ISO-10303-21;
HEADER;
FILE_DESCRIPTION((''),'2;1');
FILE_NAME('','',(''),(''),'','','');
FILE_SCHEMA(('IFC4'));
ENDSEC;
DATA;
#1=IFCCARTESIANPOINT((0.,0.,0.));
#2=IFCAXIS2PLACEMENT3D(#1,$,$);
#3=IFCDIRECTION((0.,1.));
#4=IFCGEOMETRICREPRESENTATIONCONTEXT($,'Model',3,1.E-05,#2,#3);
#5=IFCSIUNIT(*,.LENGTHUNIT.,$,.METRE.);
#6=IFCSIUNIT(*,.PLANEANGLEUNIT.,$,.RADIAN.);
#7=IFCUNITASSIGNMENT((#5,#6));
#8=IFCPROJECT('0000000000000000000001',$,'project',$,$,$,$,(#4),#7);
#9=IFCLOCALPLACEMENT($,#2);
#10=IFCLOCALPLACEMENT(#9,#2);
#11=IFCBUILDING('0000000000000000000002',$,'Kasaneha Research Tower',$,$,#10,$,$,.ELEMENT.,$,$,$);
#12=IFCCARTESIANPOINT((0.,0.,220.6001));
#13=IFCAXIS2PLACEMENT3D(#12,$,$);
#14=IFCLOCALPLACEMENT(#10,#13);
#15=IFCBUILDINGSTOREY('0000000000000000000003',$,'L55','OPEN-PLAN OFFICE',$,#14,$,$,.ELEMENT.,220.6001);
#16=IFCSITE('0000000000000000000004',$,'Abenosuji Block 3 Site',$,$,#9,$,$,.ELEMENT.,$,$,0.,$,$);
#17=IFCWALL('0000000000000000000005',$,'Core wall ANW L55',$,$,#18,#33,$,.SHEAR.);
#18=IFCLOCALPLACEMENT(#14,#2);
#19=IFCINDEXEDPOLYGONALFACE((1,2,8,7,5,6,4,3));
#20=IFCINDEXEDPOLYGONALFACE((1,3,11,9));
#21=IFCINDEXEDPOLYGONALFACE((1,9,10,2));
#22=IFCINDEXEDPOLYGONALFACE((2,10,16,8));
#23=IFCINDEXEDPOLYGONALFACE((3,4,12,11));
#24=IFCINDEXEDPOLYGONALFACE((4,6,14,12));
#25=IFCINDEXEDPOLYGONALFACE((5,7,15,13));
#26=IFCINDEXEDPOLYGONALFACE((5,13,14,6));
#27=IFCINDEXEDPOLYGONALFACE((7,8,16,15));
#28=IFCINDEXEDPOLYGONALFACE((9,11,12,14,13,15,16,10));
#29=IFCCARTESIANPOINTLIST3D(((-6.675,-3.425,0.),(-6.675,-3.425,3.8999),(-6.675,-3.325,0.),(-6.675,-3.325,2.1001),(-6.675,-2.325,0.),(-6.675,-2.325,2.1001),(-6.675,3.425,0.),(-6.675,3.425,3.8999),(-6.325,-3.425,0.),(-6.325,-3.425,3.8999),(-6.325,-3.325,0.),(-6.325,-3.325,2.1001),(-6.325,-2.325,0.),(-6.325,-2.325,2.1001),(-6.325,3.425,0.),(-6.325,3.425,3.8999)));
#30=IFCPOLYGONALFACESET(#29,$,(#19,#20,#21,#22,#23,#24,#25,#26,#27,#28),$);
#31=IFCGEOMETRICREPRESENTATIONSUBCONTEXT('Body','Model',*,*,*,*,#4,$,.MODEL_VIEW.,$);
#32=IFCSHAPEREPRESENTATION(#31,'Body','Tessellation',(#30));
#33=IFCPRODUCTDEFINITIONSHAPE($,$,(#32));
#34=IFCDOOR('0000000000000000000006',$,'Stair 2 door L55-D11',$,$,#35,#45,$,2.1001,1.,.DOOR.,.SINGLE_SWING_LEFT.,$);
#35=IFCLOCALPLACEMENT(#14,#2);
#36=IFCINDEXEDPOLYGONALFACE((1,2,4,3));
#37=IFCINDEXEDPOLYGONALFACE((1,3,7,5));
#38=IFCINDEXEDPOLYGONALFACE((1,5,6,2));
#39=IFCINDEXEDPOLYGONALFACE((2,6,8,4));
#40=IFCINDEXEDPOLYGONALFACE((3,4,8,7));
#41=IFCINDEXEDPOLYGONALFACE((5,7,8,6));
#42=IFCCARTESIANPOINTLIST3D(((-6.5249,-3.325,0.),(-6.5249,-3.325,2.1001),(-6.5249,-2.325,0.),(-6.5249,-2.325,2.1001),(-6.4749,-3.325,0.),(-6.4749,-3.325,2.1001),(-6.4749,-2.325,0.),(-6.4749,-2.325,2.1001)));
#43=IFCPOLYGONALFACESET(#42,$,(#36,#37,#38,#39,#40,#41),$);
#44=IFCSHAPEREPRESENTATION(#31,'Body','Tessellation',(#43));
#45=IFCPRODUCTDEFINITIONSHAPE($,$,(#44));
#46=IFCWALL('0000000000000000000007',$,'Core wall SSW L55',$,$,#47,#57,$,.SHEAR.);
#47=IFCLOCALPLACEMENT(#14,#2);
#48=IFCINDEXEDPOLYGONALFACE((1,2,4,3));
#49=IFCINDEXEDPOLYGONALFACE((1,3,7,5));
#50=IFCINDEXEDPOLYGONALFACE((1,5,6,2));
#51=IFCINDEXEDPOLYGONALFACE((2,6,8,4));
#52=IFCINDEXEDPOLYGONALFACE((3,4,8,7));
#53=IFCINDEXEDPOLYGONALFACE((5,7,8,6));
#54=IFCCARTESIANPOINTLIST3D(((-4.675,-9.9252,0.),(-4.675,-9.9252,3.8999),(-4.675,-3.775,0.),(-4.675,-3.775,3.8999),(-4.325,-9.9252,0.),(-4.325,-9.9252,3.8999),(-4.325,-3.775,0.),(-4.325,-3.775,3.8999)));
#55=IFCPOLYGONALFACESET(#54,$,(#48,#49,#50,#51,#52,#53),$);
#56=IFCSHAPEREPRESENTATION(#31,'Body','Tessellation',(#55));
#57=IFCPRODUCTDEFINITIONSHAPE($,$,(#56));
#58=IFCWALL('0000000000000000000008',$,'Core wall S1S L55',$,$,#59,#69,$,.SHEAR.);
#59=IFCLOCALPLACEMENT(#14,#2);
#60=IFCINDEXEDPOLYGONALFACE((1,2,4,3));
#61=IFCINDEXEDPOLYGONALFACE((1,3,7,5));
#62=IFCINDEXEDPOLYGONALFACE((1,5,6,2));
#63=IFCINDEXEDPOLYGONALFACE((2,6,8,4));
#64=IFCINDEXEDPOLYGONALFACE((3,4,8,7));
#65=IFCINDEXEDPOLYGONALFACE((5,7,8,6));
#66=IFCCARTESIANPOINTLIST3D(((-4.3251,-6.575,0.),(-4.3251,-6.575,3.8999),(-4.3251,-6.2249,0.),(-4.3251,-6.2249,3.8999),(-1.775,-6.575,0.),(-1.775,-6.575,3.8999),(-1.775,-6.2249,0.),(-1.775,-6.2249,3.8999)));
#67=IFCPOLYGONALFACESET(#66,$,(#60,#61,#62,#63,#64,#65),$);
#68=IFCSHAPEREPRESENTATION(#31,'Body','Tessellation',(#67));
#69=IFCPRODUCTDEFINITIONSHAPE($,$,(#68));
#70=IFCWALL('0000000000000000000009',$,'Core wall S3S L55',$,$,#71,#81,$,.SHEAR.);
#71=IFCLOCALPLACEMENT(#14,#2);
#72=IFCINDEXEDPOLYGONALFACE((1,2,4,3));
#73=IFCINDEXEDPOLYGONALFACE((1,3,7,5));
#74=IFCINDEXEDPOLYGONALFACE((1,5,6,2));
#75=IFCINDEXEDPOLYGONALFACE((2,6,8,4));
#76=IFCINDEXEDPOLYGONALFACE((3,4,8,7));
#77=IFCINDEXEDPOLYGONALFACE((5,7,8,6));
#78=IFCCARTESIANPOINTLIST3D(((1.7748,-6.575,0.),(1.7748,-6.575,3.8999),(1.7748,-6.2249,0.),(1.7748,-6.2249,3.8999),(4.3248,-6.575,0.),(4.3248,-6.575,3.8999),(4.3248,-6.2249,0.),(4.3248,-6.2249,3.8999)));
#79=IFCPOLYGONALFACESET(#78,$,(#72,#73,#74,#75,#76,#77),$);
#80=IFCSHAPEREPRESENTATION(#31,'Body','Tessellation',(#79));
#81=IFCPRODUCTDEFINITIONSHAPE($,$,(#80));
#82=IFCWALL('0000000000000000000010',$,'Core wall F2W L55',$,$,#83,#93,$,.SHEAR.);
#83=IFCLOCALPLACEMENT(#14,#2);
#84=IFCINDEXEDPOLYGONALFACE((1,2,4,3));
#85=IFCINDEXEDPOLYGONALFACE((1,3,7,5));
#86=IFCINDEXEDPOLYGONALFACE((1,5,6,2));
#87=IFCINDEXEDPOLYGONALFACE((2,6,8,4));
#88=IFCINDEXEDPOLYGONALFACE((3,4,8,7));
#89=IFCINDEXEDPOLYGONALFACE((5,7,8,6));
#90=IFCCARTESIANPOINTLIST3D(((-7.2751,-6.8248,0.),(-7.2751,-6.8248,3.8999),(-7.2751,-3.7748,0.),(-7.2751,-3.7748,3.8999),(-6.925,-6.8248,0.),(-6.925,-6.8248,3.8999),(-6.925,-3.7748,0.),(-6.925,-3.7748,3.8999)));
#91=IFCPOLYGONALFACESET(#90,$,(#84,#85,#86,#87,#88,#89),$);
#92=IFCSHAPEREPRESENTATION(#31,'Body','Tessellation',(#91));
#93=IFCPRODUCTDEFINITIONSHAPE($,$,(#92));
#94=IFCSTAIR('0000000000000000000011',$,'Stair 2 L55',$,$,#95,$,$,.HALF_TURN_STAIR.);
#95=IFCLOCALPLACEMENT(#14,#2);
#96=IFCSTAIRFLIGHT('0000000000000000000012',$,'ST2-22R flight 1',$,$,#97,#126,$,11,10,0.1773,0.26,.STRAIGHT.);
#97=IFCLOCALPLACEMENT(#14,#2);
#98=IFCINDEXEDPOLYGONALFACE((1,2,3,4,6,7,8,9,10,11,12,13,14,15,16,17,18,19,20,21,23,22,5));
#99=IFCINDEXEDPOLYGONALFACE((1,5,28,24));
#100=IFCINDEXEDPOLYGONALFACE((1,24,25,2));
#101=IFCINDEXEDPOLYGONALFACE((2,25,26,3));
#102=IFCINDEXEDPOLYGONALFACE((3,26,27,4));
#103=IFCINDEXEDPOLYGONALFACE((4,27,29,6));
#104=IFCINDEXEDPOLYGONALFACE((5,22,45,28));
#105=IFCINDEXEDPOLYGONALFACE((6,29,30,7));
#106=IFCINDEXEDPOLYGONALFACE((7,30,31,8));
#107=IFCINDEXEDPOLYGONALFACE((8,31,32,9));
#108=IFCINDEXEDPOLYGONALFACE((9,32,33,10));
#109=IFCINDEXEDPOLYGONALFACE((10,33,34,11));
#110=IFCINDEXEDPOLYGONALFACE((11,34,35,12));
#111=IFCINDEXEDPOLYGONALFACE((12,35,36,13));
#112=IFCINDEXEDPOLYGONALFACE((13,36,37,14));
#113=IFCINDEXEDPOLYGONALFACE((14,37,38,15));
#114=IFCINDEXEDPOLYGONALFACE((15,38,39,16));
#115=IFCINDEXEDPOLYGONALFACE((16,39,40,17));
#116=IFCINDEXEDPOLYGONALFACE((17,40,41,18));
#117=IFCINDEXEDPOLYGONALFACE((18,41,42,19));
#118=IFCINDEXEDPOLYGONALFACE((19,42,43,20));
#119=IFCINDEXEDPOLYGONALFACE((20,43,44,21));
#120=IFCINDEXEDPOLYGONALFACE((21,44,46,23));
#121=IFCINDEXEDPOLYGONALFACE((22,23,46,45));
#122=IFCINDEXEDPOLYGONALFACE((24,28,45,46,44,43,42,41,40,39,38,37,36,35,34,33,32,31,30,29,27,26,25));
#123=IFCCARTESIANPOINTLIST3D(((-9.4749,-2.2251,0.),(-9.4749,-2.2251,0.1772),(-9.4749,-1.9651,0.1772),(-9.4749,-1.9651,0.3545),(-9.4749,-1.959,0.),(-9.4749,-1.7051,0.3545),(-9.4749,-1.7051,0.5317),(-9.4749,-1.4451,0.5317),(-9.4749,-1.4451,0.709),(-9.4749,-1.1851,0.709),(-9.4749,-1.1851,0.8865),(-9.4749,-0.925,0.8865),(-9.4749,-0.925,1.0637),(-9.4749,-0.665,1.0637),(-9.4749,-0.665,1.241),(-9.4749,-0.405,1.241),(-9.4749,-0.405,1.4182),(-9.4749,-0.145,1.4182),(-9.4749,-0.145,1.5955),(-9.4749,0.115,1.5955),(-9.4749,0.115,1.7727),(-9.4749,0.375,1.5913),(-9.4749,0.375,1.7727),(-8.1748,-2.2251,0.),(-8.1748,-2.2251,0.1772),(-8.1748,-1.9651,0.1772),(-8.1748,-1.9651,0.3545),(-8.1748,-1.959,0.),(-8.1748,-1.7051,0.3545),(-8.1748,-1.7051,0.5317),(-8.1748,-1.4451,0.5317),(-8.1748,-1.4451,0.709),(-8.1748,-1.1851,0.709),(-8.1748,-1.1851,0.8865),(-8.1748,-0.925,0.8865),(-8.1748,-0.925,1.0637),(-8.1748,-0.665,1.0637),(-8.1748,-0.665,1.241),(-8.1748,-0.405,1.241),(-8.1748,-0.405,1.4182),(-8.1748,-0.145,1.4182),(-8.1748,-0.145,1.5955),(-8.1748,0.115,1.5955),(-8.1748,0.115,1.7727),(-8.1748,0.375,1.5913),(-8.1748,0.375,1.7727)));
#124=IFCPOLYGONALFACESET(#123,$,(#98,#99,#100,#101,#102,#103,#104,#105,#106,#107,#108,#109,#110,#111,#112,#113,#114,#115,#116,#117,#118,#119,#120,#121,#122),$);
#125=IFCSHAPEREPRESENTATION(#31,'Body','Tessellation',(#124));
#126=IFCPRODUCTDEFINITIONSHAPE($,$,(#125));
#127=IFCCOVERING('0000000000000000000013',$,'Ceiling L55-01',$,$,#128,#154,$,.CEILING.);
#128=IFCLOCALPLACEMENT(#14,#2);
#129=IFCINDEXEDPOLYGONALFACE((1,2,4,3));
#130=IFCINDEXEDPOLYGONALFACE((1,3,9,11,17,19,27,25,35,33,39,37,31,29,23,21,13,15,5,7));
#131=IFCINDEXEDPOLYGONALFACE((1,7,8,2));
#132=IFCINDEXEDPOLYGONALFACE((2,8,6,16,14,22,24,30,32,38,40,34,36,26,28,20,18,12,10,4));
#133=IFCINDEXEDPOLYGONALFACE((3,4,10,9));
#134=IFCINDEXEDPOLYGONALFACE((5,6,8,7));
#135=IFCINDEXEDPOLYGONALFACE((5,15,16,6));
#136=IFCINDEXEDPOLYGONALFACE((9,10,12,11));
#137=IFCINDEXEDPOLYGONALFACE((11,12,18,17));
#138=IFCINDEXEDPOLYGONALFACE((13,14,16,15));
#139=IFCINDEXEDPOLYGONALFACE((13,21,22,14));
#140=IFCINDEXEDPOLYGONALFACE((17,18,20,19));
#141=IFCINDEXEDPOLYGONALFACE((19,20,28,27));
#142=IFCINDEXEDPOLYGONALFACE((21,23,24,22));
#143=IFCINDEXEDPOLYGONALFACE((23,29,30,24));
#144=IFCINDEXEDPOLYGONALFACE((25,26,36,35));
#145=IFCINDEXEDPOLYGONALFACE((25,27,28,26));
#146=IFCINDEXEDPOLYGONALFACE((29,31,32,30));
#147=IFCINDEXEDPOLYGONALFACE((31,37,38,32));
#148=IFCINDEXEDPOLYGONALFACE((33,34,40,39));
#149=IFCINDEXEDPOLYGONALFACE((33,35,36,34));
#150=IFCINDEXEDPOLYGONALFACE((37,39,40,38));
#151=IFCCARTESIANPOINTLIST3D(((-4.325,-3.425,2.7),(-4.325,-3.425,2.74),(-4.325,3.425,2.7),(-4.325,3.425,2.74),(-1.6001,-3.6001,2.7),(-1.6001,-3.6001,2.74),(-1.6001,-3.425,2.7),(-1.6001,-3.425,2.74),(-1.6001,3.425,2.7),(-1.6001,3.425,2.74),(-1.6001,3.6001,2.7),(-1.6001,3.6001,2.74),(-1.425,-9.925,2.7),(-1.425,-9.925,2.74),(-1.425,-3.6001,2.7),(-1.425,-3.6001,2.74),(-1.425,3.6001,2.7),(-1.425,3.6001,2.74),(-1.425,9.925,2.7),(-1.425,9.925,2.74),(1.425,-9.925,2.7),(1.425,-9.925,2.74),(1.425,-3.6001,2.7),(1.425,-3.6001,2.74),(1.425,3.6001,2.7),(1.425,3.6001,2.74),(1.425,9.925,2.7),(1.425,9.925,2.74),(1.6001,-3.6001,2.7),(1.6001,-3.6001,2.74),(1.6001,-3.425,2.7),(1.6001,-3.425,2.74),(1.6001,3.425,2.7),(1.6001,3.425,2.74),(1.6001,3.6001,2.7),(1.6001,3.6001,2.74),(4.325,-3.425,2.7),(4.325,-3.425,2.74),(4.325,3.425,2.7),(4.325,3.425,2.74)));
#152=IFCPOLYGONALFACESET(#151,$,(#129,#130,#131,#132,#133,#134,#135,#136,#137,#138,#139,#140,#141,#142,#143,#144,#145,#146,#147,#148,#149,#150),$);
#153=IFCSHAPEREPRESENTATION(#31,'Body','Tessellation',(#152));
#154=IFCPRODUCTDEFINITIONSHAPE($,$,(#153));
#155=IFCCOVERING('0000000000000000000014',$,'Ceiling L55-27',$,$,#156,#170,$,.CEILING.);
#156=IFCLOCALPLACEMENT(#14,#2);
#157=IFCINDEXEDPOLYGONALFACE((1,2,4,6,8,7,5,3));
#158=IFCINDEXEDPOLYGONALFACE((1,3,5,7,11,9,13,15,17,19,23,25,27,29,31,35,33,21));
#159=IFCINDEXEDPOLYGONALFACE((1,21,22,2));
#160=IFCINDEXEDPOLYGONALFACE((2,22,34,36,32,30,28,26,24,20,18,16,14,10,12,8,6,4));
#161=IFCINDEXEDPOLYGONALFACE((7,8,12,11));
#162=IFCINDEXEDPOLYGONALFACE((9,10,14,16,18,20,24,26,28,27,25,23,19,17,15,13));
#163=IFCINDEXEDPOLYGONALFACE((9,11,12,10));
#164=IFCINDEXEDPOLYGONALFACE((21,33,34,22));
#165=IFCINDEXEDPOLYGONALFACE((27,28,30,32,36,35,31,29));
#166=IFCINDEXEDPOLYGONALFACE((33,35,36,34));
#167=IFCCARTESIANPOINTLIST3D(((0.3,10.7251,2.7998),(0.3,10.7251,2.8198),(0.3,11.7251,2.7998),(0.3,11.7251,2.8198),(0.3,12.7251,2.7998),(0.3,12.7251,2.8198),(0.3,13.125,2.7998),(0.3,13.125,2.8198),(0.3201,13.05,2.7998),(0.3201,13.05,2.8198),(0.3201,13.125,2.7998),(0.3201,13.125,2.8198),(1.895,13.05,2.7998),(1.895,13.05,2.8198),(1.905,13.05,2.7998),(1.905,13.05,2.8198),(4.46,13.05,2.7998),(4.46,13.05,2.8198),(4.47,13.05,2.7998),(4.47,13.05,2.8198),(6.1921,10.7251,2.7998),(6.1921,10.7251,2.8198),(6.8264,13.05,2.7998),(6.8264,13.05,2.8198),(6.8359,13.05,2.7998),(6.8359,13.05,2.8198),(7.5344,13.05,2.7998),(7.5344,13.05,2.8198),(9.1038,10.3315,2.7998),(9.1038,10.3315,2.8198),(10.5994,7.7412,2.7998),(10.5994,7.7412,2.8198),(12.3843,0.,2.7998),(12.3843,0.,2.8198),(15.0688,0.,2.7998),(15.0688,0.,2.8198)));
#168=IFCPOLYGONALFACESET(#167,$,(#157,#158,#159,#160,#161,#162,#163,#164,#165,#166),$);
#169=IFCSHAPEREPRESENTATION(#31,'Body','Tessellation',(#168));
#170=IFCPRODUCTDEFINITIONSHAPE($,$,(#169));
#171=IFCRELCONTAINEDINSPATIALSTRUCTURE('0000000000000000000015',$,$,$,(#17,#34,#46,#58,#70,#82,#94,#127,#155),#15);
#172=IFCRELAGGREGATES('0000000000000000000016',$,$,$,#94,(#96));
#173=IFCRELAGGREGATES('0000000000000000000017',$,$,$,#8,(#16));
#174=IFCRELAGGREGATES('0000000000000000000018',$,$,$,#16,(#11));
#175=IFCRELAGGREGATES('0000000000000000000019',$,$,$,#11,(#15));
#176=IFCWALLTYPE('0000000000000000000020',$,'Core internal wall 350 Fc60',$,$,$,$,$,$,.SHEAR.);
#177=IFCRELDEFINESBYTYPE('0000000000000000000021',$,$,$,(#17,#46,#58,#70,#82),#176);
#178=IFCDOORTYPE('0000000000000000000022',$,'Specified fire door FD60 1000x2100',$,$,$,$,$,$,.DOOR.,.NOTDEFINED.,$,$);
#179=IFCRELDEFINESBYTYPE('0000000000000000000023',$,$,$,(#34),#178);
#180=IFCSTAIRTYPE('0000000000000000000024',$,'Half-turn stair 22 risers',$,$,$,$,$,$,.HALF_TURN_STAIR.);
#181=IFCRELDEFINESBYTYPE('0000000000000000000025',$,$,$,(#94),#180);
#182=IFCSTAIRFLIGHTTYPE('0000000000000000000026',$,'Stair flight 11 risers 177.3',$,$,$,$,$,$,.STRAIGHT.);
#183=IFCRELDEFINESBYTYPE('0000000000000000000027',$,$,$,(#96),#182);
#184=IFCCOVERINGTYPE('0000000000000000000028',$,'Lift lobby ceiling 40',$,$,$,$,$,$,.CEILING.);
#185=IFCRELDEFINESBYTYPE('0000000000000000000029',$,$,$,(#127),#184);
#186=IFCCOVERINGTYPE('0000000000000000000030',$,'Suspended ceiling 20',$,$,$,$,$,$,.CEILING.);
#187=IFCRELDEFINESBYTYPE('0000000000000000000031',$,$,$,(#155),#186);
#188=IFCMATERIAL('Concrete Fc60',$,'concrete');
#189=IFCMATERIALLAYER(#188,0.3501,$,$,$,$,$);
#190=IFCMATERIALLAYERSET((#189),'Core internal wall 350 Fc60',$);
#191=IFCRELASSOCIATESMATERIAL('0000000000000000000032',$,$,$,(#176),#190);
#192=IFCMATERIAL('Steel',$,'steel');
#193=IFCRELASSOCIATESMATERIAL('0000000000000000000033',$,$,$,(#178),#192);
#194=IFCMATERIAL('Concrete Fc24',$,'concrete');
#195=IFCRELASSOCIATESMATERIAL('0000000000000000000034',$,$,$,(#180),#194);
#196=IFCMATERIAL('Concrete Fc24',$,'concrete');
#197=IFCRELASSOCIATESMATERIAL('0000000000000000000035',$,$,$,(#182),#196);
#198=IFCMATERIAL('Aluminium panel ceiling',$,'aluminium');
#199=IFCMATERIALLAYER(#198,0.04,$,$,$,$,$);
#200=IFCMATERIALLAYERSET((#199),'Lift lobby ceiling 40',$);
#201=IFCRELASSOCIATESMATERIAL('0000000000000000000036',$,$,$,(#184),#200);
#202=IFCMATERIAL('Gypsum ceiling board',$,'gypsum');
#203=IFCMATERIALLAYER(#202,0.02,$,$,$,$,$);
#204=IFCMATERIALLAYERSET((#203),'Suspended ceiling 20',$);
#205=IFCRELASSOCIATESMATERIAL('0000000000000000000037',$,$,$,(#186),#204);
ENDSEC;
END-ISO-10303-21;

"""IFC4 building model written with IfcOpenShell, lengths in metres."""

from ifc_helpers import new_model, si_unit, direction, frame, frame_2d, origin, place, context, subcontext, project, spatial, polyline, rectangle, outline, extrude, material, layer, layer_set, type_object, element, fill, aggregate, save


model = new_model("IFC4")

# Units and contexts
model_context = context("Model", 3, precision=1e-05, world=origin(), true_north=direction((0.0, 1.0)))
body_context = subcontext(model_context, "Body", "Model", "MODEL_VIEW")
ifc_project = project(units=[si_unit("LENGTHUNIT", "METRE"), si_unit("PLANEANGLEUNIT", "RADIAN")], contexts=[model_context])

# Site, building, storey
site_placement = place(None, origin())
site = spatial("IfcSite", under=ifc_project, at=site_placement, Name="Abenosuji Block 3 Site", CompositionType="ELEMENT", RefElevation=0.0)
building_placement = place(site_placement, origin())
building = spatial("IfcBuilding", under=site, at=building_placement, Name="Kasaneha Research Tower", CompositionType="ELEMENT")
storey_placement = place(building_placement, frame((0.0, 0.0, 220.6001)))
storey = spatial("IfcBuildingStorey", under=building, at=storey_placement, Name="L55", Description="OPEN-PLAN OFFICE", CompositionType="ELEMENT", Elevation=220.6001)

# Wall, opening, door
ifc_material_1 = material(Name="Concrete Fc60", Category="concrete")
ifc_layer_1 = layer(ifc_material_1, 0.3501)
ifc_layer_set_1 = layer_set([ifc_layer_1], Name="Core internal wall 350 Fc60")
wall_type = type_object("IfcWallType", Name="Core internal wall 350 Fc60", PredefinedType="SHEAR", material=ifc_layer_set_1)
ifc_material_2 = material(Name="Steel", Category="steel")
door_type_1 = type_object("IfcDoorType", Name="Specified fire door FD60 1000x2100", OperationType="NOTDEFINED", PredefinedType="DOOR", material=ifc_material_2)
wall_1_placement = place(storey_placement, frame((-6.5, -3.425, 0.0), z_axis=(0.0, 0.0, 1.0), x_axis=(0.0, 1.0, 0.0)))
wall_1 = element("IfcWall", 1, at=wall_1_placement, inside=storey, type_object=wall_type, Name="Core wall ANW L55", PredefinedType="SHEAR", context=body_context, shape_type="SweptSolid", body=[
    extrude(rectangle(XDim=6.8501, YDim=0.3501, at=frame_2d((3.425, 0.0))), origin(), (0.0, 0.0, 1.0), 3.8999),
])
opening_1_placement = place(wall_1_placement, frame((0.1001, 0.0, 0.0)))
opening_1 = element("IfcOpeningElement", 2, at=opening_1_placement, cuts=wall_1, PredefinedType="OPENING", context=body_context, shape_type="SweptSolid", body=[
    extrude(rectangle(XDim=1.0, YDim=2.1001, at=frame_2d((0.5, 1.05))), frame((0.0, 0.1851, 0.0), z_axis=(0.0, -1.0, 0.0), x_axis=(1.0, 0.0, 0.0)), (0.0, 0.0, 1.0), 0.3701),
])
door_1_placement = place(opening_1_placement, origin())
door_1 = element("IfcDoor", 3, at=door_1_placement, inside=storey, type_object=door_type_1, Name="Stair 2 door L55-D11", OperationType="SINGLE_SWING_LEFT", OverallHeight=2.1001, OverallWidth=1.0, PredefinedType="DOOR", context=body_context, shape_type="SweptSolid", body=[
    extrude(rectangle(XDim=1.0, YDim=2.1001, at=frame_2d((0.5, 1.05))), frame((0.0, 0.0249, 0.0), z_axis=(0.0, -1.0, 0.0), x_axis=(1.0, 0.0, 0.0)), (0.0, 0.0, 1.0), 0.05),
])
fill(opening_1, door_1)

# Walls
wall_2_placement = place(storey_placement, frame((-4.5, -3.7749, 0.0), z_axis=(0.0, 0.0, 1.0), x_axis=(0.0, -1.0, 0.0)))
element("IfcWall", 4, at=wall_2_placement, inside=storey, type_object=wall_type, Name="Core wall SSW L55", PredefinedType="SHEAR", context=body_context, shape_type="SweptSolid", body=[
    extrude(rectangle(XDim=6.1501, YDim=0.3501, at=frame_2d((3.0752, 0.0))), origin(), (0.0, 0.0, 1.0), 3.8999),
])
for number, where, z_axis, x_axis, name in (
    (5, (-4.325, -6.3999, 0.0), (0.0, 0.0, 1.0), (1.0, 0.0, 0.0), "Core wall S1S L55"),
    (6, (1.7749, -6.3999, 0.0), (0.0, 0.0, 1.0), (1.0, 0.0, 0.0), "Core wall S3S L55"),
):
    element("IfcWall", number, at=place(storey_placement, frame(where, z_axis=z_axis, x_axis=x_axis)), inside=storey, type_object=wall_type, Name=name, PredefinedType="SHEAR", context=body_context, shape_type="SweptSolid", body=[
        extrude(rectangle(XDim=2.55, YDim=0.3501, at=frame_2d((1.2749, 0.0))), origin(), (0.0, 0.0, 1.0), 3.8999),
    ])
wall_3_placement = place(storey_placement, frame((-7.1001, -3.7749, 0.0), z_axis=(0.0, 0.0, 1.0), x_axis=(0.0, -1.0, 0.0)))
element("IfcWall", 7, at=wall_3_placement, inside=storey, type_object=wall_type, Name="Core wall F2W L55", PredefinedType="SHEAR", context=body_context, shape_type="SweptSolid", body=[
    extrude(rectangle(XDim=3.05, YDim=0.3501, at=frame_2d((1.5249, 0.0))), origin(), (0.0, 0.0, 1.0), 3.8999),
])

# Stair, stair flight
ifc_material_3 = material(Name="Concrete Fc24", Category="concrete")
stair_type = type_object("IfcStairType", Name="Half-turn stair 22 risers", PredefinedType="HALF_TURN_STAIR", material=ifc_material_3)
stair_placement = place(storey_placement, origin())
stair = element("IfcStair", 8, at=stair_placement, inside=storey, type_object=stair_type, Name="Stair 2 L55", PredefinedType="HALF_TURN_STAIR")
ifc_material_4 = material(Name="Concrete Fc24", Category="concrete")
stair_flight_type = type_object("IfcStairFlightType", Name="Stair flight 11 risers 177.3", PredefinedType="STRAIGHT", material=ifc_material_4)
stair_flight_placement = place(storey_placement, frame((-8.825, -2.2251, 0.0), z_axis=(0.0, 0.0, 1.0), x_axis=(0.0, 1.0, 0.0)))
stair_flight = element("IfcStairFlight", 9, at=stair_flight_placement, type_object=stair_flight_type, Name="ST2-22R flight 1", NumberOfRisers=11, NumberOfTreads=10, PredefinedType="STRAIGHT", RiserHeight=0.1773, TreadLength=0.26, context=body_context, shape_type="SweptSolid", body=[
    extrude(outline(polyline([(0.0, 0.0), (0.0, 0.1772), (0.26, 0.1772), (0.26, 0.3545), (0.52, 0.3545), (0.52, 0.5317), (0.78, 0.5317), (0.78, 0.709), (1.04, 0.709), (1.04, 0.8865), (1.3, 0.8865), (1.3, 1.0637), (1.5601, 1.0637), (1.5601, 1.241), (1.8201, 1.241), (1.8201, 1.4182), (2.0801, 1.4182), (2.0801, 1.5955), (2.3401, 1.5955), (2.3401, 1.7727), (2.6001, 1.7727), (2.6001, 1.95), (2.6001, 1.5913), (0.2661, 0.0), (0.0, 0.0)])), frame((0.0, 0.6499, 0.0), z_axis=(0.0, -1.0, 0.0), x_axis=(1.0, 0.0, 0.0)), (0.0, 0.0, 1.0), 1.3),
])
aggregate(stair, [stair_flight])

# Coverings
ifc_material_5 = material(Name="Aluminium panel ceiling", Category="aluminium")
ifc_layer_2 = layer(ifc_material_5, 0.04)
ifc_layer_set_2 = layer_set([ifc_layer_2], Name="Lift lobby ceiling 40")
covering_type_1 = type_object("IfcCoveringType", Name="Lift lobby ceiling 40", PredefinedType="CEILING", material=ifc_layer_set_2)
covering_1_placement = place(storey_placement, frame((0.0, 0.0, 2.7)))
element("IfcCovering", 10, at=covering_1_placement, inside=storey, type_object=covering_type_1, Name="Ceiling L55-01", PredefinedType="CEILING", context=body_context, shape_type="SweptSolid", body=[
    extrude(outline(polyline([(1.425, 9.925), (1.425, 3.6001), (1.6001, 3.6001), (1.6001, 3.425), (4.325, 3.425), (4.325, -3.425), (1.6001, -3.425), (1.6001, -3.6001), (1.425, -3.6001), (1.425, -9.925), (-1.425, -9.925), (-1.425, -3.6001), (-1.6001, -3.6001), (-1.6001, -3.425), (-4.325, -3.425), (-4.325, 3.425), (-1.6001, 3.425), (-1.6001, 3.6001), (-1.425, 3.6001), (-1.425, 9.925), (1.425, 9.925)])), origin(), (0.0, 0.0, 1.0), 0.04),
])
ifc_material_6 = material(Name="Gypsum ceiling board", Category="gypsum")
ifc_layer_3 = layer(ifc_material_6, 0.02)
ifc_layer_set_3 = layer_set([ifc_layer_3], Name="Suspended ceiling 20")
covering_type_2 = type_object("IfcCoveringType", Name="Suspended ceiling 20", PredefinedType="CEILING", material=ifc_layer_set_3)
covering_2_placement = place(storey_placement, frame((0.0, 0.0, 2.7998)))
element("IfcCovering", 11, at=covering_2_placement, inside=storey, type_object=covering_type_2, Name="Ceiling L55-27", PredefinedType="CEILING", context=body_context, shape_type="SweptSolid", body=[
    extrude(outline(polyline([(6.1921, 10.7251), (0.3, 10.7251), (0.3, 11.7251), (0.3, 12.7251), (0.3, 13.125), (0.3201, 13.125), (0.3201, 13.05), (1.895, 13.05), (1.905, 13.05), (4.46, 13.05), (4.47, 13.05), (6.8264, 13.05), (6.8359, 13.05), (7.5344, 13.05), (9.1038, 10.3315), (9.1038, 10.3315), (10.5994, 7.7412), (10.5994, 7.7412), (15.0688, 0.0), (12.3843, 0.0), (6.1921, 10.7251)])), origin(), (0.0, 0.0, 1.0), 0.02),
])

save(model, "model.ifc")
